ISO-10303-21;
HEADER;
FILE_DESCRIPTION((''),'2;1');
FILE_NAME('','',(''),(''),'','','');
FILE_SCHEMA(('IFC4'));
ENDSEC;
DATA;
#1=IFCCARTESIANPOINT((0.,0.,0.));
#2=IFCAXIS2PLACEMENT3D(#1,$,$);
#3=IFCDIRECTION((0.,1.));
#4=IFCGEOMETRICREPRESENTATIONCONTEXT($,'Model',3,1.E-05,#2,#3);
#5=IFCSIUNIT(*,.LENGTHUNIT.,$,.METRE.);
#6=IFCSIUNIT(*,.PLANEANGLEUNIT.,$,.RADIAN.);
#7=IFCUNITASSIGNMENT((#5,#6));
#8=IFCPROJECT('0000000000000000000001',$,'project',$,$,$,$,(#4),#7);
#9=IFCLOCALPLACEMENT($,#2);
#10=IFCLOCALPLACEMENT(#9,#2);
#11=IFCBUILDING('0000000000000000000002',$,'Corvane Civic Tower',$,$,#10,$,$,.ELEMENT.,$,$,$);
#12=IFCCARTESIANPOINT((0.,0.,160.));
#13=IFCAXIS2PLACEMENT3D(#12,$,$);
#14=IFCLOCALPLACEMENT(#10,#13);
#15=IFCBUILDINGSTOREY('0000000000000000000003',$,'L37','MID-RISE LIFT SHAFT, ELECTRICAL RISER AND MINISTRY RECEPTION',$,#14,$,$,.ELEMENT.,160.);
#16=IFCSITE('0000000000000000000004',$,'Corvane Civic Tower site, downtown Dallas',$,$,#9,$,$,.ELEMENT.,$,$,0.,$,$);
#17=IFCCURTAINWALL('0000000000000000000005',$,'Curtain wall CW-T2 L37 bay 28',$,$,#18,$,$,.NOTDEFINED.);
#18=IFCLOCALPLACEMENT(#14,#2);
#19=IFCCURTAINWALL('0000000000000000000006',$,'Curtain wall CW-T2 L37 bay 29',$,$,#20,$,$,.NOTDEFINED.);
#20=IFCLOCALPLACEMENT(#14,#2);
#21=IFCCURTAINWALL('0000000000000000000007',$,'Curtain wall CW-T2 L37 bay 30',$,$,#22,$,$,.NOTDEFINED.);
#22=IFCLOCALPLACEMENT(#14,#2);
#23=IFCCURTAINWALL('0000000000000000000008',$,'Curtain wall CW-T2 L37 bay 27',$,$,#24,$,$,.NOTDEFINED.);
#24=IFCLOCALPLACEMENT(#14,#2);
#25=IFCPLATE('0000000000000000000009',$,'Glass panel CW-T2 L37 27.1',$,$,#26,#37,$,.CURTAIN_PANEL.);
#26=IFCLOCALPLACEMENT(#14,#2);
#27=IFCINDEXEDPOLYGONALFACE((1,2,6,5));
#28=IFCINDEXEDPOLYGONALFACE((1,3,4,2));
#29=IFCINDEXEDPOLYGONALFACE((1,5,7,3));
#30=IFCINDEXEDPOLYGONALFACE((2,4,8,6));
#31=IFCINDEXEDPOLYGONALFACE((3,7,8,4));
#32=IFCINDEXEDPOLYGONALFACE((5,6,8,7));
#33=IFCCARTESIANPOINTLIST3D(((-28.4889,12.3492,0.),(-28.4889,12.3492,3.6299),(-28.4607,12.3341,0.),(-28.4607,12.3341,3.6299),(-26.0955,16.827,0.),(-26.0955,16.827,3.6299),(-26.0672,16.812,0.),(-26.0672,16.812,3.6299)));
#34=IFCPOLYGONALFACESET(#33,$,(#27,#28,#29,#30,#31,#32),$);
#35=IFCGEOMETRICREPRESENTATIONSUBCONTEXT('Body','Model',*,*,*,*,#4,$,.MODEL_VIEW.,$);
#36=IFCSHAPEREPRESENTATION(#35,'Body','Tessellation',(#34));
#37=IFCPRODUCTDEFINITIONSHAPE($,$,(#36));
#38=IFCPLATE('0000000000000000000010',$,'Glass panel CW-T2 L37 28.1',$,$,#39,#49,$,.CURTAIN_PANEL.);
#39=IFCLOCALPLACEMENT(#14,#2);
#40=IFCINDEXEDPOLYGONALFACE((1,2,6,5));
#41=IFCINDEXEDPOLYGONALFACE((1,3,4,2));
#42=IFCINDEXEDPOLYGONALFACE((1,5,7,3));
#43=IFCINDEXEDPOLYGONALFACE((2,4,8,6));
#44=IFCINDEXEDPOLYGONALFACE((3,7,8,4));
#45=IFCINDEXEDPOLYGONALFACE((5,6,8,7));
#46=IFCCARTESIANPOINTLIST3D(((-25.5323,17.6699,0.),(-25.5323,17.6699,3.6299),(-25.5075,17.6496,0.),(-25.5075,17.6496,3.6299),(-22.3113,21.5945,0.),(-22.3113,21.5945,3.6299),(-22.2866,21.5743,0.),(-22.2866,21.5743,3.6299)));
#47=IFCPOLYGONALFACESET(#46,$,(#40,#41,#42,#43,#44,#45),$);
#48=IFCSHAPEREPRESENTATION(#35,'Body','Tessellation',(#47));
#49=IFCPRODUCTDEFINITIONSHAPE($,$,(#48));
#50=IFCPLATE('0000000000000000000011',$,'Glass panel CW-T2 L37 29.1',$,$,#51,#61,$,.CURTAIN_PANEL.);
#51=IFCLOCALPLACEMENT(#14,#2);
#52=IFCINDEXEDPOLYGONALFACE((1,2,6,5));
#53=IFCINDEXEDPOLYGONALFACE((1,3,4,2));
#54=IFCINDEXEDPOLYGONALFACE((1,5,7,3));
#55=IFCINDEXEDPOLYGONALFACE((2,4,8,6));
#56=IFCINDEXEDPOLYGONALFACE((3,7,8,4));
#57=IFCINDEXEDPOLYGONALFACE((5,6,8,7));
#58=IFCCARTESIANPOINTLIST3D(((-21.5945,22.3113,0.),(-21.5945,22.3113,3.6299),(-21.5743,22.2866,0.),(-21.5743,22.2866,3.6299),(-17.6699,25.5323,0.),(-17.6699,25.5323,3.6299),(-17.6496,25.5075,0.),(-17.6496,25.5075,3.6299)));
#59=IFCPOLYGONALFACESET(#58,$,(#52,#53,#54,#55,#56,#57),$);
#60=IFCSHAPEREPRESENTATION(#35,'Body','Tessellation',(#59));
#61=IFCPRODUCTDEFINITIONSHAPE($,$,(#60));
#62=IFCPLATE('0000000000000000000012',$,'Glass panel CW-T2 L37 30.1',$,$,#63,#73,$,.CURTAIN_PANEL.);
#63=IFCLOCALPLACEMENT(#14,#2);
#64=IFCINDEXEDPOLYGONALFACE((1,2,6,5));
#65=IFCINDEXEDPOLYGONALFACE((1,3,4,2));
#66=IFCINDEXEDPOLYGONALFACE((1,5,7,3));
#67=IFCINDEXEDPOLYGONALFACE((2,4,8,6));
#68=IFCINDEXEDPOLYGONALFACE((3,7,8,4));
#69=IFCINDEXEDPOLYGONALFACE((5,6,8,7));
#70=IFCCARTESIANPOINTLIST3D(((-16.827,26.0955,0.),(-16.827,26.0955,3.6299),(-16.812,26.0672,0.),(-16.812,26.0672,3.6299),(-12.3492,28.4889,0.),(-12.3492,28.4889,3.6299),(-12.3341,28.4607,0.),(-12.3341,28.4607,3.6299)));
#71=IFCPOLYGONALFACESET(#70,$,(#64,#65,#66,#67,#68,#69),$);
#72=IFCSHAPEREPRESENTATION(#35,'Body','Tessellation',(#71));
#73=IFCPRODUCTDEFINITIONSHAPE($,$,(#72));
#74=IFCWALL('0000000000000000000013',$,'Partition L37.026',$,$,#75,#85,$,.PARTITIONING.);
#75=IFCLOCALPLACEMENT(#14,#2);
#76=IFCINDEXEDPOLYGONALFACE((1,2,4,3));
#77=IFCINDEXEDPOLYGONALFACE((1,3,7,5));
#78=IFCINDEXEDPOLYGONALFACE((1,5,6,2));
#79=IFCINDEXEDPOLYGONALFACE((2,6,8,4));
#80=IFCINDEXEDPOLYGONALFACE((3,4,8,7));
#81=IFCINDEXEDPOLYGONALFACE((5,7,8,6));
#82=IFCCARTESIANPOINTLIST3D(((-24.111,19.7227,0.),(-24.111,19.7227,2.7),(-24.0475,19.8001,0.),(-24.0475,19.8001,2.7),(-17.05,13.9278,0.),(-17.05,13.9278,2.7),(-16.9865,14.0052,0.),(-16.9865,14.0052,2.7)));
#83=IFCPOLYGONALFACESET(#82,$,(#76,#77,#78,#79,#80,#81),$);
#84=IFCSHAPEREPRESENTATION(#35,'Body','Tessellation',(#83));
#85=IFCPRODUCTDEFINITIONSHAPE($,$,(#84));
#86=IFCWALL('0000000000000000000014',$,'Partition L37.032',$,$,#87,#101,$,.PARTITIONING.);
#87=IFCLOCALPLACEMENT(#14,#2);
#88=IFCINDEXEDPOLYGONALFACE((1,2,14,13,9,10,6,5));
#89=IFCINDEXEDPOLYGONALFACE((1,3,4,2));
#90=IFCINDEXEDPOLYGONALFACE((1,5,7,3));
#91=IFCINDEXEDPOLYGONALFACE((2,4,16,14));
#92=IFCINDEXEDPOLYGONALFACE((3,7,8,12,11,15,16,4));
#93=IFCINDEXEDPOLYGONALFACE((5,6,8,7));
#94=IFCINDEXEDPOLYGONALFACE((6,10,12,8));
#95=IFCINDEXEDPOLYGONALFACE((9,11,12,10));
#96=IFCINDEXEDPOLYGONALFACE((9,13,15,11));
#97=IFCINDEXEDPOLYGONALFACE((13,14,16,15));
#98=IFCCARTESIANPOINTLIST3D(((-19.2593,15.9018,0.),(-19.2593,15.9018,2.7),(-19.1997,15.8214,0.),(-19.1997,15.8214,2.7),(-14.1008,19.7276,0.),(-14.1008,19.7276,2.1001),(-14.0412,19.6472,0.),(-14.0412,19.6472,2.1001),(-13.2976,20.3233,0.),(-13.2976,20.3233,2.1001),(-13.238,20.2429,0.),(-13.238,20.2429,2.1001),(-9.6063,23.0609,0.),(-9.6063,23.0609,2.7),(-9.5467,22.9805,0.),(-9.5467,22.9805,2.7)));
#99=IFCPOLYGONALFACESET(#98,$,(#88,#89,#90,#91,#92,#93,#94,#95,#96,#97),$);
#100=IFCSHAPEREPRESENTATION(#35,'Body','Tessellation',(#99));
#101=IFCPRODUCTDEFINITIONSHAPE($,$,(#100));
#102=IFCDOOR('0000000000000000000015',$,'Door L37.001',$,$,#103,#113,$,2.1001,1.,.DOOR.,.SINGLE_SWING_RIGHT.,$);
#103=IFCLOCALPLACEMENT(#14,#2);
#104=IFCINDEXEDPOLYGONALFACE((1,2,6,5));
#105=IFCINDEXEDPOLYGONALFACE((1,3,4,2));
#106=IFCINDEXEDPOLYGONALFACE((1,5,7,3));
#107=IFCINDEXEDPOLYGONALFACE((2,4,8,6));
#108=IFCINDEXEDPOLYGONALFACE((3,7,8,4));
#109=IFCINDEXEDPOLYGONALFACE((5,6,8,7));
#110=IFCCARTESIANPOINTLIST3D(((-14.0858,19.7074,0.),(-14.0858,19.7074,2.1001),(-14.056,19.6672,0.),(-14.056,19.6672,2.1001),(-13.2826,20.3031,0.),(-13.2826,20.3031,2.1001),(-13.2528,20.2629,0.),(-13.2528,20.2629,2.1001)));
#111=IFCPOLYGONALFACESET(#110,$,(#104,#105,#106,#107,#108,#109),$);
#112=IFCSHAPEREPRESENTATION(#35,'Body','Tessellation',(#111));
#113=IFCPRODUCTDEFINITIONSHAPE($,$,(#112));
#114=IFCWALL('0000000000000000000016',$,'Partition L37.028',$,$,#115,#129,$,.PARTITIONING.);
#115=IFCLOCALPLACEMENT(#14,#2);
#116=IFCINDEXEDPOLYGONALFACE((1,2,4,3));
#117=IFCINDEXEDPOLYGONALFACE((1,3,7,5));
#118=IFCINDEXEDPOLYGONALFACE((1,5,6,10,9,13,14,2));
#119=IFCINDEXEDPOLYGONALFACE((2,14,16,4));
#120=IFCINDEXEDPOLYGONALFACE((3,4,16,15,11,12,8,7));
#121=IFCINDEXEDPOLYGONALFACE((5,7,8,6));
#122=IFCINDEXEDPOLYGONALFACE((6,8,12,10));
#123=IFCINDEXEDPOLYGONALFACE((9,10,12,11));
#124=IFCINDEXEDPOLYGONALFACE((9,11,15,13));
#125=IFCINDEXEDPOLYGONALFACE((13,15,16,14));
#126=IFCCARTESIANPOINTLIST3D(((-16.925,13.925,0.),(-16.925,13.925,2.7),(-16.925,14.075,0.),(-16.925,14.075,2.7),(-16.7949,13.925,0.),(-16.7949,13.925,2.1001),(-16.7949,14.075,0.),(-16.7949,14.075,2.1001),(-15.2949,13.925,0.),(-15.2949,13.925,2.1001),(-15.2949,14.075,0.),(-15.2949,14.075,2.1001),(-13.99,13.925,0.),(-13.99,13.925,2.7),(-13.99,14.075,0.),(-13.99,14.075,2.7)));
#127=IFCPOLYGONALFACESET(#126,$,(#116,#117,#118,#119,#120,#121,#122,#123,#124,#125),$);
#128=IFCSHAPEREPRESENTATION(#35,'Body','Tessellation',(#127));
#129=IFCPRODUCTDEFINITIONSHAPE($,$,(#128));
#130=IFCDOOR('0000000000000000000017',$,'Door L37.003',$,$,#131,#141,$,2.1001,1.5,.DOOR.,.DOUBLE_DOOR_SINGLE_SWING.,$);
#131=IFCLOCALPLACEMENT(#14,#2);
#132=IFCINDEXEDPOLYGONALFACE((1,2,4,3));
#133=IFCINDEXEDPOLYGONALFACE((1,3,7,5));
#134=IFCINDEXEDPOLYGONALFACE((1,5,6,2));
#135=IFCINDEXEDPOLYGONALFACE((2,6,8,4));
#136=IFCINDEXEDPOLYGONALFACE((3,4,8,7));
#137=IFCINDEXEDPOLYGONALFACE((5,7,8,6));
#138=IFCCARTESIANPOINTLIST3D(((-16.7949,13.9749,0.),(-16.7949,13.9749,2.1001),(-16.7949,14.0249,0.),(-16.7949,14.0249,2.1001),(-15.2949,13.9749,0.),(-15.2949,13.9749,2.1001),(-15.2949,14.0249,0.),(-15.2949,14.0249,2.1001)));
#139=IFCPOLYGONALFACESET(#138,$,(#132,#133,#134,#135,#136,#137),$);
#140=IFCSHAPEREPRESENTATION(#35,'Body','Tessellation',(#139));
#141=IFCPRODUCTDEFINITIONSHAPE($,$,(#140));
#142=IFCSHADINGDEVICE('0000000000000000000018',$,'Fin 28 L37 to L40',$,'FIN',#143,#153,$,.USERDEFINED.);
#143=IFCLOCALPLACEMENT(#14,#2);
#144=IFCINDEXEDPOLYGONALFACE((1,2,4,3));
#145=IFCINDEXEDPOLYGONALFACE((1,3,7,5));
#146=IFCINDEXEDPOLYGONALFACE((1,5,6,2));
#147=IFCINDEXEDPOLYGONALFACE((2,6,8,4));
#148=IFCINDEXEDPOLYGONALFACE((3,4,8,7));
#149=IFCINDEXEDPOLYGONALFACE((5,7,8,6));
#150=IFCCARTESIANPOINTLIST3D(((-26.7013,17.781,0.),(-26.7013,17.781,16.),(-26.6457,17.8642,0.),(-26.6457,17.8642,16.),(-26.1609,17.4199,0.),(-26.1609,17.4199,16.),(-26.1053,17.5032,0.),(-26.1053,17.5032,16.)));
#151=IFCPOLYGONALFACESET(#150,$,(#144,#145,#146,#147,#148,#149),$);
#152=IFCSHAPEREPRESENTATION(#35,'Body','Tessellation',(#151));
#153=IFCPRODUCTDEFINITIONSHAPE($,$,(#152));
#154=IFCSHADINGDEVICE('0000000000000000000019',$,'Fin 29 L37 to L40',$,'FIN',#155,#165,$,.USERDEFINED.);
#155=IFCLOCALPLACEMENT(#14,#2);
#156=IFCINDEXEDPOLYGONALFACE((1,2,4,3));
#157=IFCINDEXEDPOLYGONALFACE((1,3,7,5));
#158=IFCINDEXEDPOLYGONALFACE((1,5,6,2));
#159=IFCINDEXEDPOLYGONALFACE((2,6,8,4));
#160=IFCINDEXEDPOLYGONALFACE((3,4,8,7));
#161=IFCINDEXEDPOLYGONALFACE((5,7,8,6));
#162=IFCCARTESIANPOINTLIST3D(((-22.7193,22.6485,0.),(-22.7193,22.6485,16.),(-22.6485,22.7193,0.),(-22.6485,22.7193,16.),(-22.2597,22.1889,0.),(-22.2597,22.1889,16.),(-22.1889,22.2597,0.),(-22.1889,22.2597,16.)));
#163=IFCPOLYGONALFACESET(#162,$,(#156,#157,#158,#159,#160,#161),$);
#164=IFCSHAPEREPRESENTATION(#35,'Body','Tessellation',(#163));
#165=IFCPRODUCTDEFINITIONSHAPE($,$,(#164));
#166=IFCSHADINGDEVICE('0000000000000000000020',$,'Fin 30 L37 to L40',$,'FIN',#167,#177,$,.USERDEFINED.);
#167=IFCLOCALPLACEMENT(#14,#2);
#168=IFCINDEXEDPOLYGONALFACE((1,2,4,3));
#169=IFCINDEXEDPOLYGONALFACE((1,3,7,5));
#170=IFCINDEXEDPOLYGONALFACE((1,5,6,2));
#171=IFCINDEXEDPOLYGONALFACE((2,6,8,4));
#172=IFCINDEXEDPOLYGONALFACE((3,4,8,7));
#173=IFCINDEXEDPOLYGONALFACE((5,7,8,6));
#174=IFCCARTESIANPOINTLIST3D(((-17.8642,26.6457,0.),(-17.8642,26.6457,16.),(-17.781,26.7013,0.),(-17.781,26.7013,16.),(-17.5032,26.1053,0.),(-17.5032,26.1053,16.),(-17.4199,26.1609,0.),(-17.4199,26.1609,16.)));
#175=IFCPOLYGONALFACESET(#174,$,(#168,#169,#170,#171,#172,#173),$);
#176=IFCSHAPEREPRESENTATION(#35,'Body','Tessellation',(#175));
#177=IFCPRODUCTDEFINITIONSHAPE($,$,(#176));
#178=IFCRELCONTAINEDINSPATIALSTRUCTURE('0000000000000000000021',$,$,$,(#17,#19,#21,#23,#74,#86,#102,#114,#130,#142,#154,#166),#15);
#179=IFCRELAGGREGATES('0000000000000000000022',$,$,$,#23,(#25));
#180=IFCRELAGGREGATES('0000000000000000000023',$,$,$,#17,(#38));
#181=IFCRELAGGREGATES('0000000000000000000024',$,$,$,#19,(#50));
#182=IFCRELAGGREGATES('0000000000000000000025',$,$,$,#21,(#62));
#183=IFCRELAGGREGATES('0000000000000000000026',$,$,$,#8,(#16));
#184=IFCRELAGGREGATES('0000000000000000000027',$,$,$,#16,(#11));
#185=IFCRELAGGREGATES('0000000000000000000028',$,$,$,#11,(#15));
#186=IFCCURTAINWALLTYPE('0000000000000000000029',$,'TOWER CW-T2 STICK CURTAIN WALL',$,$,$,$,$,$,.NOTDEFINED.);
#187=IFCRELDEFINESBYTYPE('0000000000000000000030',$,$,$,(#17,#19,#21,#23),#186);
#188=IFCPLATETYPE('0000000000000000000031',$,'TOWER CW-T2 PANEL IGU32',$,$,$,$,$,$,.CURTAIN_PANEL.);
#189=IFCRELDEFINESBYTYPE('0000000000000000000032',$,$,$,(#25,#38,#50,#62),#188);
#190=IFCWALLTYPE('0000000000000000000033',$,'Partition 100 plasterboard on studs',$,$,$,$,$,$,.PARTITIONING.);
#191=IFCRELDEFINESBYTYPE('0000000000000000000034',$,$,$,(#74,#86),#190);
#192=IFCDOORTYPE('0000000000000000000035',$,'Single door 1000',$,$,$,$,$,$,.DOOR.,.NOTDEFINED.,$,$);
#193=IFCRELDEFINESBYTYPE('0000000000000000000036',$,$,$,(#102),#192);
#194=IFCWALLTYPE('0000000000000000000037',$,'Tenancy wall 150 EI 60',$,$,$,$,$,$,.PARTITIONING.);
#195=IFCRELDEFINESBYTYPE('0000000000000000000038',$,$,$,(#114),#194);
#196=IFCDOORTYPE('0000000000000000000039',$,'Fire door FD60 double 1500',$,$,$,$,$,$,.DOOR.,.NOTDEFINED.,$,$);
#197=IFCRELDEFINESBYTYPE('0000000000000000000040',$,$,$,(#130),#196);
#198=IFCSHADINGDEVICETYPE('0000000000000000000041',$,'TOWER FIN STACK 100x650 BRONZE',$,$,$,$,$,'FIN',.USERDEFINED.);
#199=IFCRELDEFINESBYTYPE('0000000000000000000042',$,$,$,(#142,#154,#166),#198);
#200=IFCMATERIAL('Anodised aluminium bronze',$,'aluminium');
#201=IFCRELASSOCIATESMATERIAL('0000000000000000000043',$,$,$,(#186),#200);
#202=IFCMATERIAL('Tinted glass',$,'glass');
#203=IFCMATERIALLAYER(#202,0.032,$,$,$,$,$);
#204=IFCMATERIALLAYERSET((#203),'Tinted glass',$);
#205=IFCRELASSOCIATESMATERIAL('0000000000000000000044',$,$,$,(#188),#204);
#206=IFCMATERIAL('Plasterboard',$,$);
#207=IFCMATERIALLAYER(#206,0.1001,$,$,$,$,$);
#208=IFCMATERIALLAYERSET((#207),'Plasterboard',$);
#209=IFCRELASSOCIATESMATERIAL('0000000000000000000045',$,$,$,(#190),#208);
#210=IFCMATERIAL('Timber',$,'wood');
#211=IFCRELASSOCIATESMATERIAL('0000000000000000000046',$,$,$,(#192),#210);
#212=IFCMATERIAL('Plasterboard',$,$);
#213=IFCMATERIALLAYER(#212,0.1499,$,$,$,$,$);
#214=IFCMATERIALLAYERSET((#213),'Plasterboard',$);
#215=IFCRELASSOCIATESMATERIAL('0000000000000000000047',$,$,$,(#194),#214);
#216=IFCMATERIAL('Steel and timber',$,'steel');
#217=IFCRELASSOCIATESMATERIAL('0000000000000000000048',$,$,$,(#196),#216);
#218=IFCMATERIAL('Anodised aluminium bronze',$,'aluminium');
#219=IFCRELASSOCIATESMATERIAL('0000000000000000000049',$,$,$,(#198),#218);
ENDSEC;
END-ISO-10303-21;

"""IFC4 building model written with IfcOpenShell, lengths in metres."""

from ifc_helpers import new_model, si_unit, direction, frame, frame_2d, origin, origin_2d, place, context, subcontext, project, spatial, rectangle, extrude, material, layer, layer_set, material_profile, profile_set, type_object, element, fill, aggregate, save


model = new_model("IFC4")

# Units and contexts
model_context = context("Model", 3, precision=1e-05, world=origin(), true_north=direction((0.0, 1.0)))
body_context = subcontext(model_context, "Body", "Model", "MODEL_VIEW")
ifc_project = project(units=[si_unit("LENGTHUNIT", "METRE"), si_unit("PLANEANGLEUNIT", "RADIAN")], contexts=[model_context])

# Site, building, storey
site_placement = place(None, origin())
site = spatial("IfcSite", under=ifc_project, at=site_placement, Name="Corvane Civic Tower site, downtown Dallas", CompositionType="ELEMENT", RefElevation=0.0)
building_placement = place(site_placement, origin())
building = spatial("IfcBuilding", under=site, at=building_placement, Name="Corvane Civic Tower", CompositionType="ELEMENT")
storey_placement = place(building_placement, frame((0.0, 0.0, 160.0)))
storey = spatial("IfcBuildingStorey", under=building, at=storey_placement, Name="L37", Description="MID-RISE LIFT SHAFT, ELECTRICAL RISER AND MINISTRY RECEPTION", CompositionType="ELEMENT", Elevation=160.0)

# Curtain walls
ifc_material_1 = material(Name="Anodised aluminium bronze", Category="aluminium")
curtain_wall_type = type_object("IfcCurtainWallType", Name="TOWER CW-T2 STICK CURTAIN WALL", PredefinedType="NOTDEFINED", material=ifc_material_1)
curtain_wall_1_placement = place(storey_placement, origin())
curtain_wall_1 = element("IfcCurtainWall", 1, at=curtain_wall_1_placement, inside=storey, type_object=curtain_wall_type, Name="Curtain wall CW-T2 L37 bay 28", PredefinedType="NOTDEFINED")
curtain_wall_2_placement = place(storey_placement, origin())
curtain_wall_2 = element("IfcCurtainWall", 2, at=curtain_wall_2_placement, inside=storey, type_object=curtain_wall_type, Name="Curtain wall CW-T2 L37 bay 29", PredefinedType="NOTDEFINED")
curtain_wall_3_placement = place(storey_placement, origin())
curtain_wall_3 = element("IfcCurtainWall", 3, at=curtain_wall_3_placement, inside=storey, type_object=curtain_wall_type, Name="Curtain wall CW-T2 L37 bay 30", PredefinedType="NOTDEFINED")

# Curtain wall, plate
curtain_wall_4_placement = place(storey_placement, origin())
curtain_wall_4 = element("IfcCurtainWall", 4, at=curtain_wall_4_placement, inside=storey, type_object=curtain_wall_type, Name="Curtain wall CW-T2 L37 bay 27", PredefinedType="NOTDEFINED")
ifc_material_2 = material(Name="Tinted glass", Category="glass")
ifc_layer_1 = layer(ifc_material_2, 0.032)
ifc_layer_set_1 = layer_set([ifc_layer_1], Name="Tinted glass")
plate_type = type_object("IfcPlateType", Name="TOWER CW-T2 PANEL IGU32", PredefinedType="CURTAIN_PANEL", material=ifc_layer_set_1)
plate_1_placement = place(storey_placement, frame((-27.2781, 14.5806, 0.0), z_axis=(0.0, 0.0, 1.0), x_axis=(0.471395, 0.881922, 0.0)))
plate_1 = element("IfcPlate", 5, at=plate_1_placement, type_object=plate_type, Name="Glass panel CW-T2 L37 27.1", PredefinedType="CURTAIN_PANEL", context=body_context, shape_type="SweptSolid", body=[
    extrude(rectangle(XDim=5.0774, YDim=0.032, at=origin_2d()), origin(), (0.0, 0.0, 1.0), 3.6299),
])
aggregate(curtain_wall_4, [plate_1])

# Plates
plate_2_placement = place(storey_placement, frame((-23.9094, 19.6221, 0.0), z_axis=(0.0, 0.0, 1.0), x_axis=(0.6344, 0.773005, 0.0)))
plate_2 = element("IfcPlate", 6, at=plate_2_placement, type_object=plate_type, Name="Glass panel CW-T2 L37 28.1", PredefinedType="CURTAIN_PANEL", context=body_context, shape_type="SweptSolid", body=[
    extrude(rectangle(XDim=5.0771, YDim=0.032, at=origin_2d()), origin(), (0.0, 0.0, 1.0), 3.6299),
])
aggregate(curtain_wall_1, [plate_2])
plate_3_placement = place(storey_placement, frame((-19.6221, 23.9094, 0.0), z_axis=(0.0, 0.0, 1.0), x_axis=(0.773005, 0.6344, 0.0)))
plate_3 = element("IfcPlate", 7, at=plate_3_placement, type_object=plate_type, Name="Glass panel CW-T2 L37 29.1", PredefinedType="CURTAIN_PANEL", context=body_context, shape_type="SweptSolid", body=[
    extrude(rectangle(XDim=5.0771, YDim=0.032, at=origin_2d()), origin(), (0.0, 0.0, 1.0), 3.6299),
])
aggregate(curtain_wall_2, [plate_3])
plate_4_placement = place(storey_placement, frame((-14.5806, 27.2781, 0.0), z_axis=(0.0, 0.0, 1.0), x_axis=(0.881922, 0.471395, 0.0)))
plate_4 = element("IfcPlate", 8, at=plate_4_placement, type_object=plate_type, Name="Glass panel CW-T2 L37 30.1", PredefinedType="CURTAIN_PANEL", context=body_context, shape_type="SweptSolid", body=[
    extrude(rectangle(XDim=5.0774, YDim=0.032, at=origin_2d()), origin(), (0.0, 0.0, 1.0), 3.6299),
])
aggregate(curtain_wall_3, [plate_4])

# Wall
ifc_material_3 = material(Name="Plasterboard")
ifc_layer_2 = layer(ifc_material_3, 0.1001)
ifc_layer_set_2 = layer_set([ifc_layer_2], Name="Plasterboard")
wall_type_1 = type_object("IfcWallType", Name="Partition 100 plasterboard on studs", PredefinedType="PARTITIONING", material=ifc_layer_set_2)
wall_1_placement = place(storey_placement, frame((-24.0793, 19.7615, 0.0), z_axis=(0.0, 0.0, 1.0), x_axis=(0.773006, -0.634399, 0.0)))
element("IfcWall", 9, at=wall_1_placement, inside=storey, type_object=wall_type_1, Name="Partition L37.026", PredefinedType="PARTITIONING", context=body_context, shape_type="SweptSolid", body=[
    extrude(rectangle(XDim=9.1345, YDim=0.1001, at=frame_2d((4.5674, 0.0))), origin(), (0.0, 0.0, 1.0), 2.7),
])

# Walls, openings, doors
wall_2_placement = place(storey_placement, frame((-19.2295, 15.8616, 0.0), z_axis=(0.0, 0.0, 1.0), x_axis=(0.803209, 0.595698, 0.0)))
wall_2 = element("IfcWall", 10, at=wall_2_placement, inside=storey, type_object=wall_type_1, Name="Partition L37.032", PredefinedType="PARTITIONING", context=body_context, shape_type="SweptSolid", body=[
    extrude(rectangle(XDim=12.0181, YDim=0.1001, at=frame_2d((6.009, 0.0))), origin(), (0.0, 0.0, 1.0), 2.7),
])
opening_1_placement = place(wall_2_placement, frame((6.4224, 0.0, 0.0)))
opening_1 = element("IfcOpeningElement", 11, at=opening_1_placement, cuts=wall_2, PredefinedType="OPENING", context=body_context, shape_type="SweptSolid", body=[
    extrude(rectangle(XDim=1.0, YDim=2.1001, at=frame_2d((0.5, 1.05))), frame((0.0, 0.0601, 0.0), z_axis=(0.0, -1.0, 0.0), x_axis=(1.0, 0.0, 0.0)), (0.0, 0.0, 1.0), 0.1201),
])
ifc_material_4 = material(Name="Timber", Category="wood")
door_type_1 = type_object("IfcDoorType", Name="Single door 1000", OperationType="NOTDEFINED", PredefinedType="DOOR", material=ifc_material_4)
door_1_placement = place(opening_1_placement, origin())
door_1 = element("IfcDoor", 12, at=door_1_placement, inside=storey, type_object=door_type_1, Name="Door L37.001", OperationType="SINGLE_SWING_RIGHT", OverallHeight=2.1001, OverallWidth=1.0, PredefinedType="DOOR", context=body_context, shape_type="SweptSolid", body=[
    extrude(rectangle(XDim=1.0, YDim=2.1001, at=frame_2d((0.5, 1.05))), frame((0.0, 0.0249, 0.0), z_axis=(0.0, -1.0, 0.0), x_axis=(1.0, 0.0, 0.0)), (0.0, 0.0, 1.0), 0.05),
])
fill(opening_1, door_1)
ifc_material_5 = material(Name="Plasterboard")
ifc_layer_3 = layer(ifc_material_5, 0.1499)
ifc_layer_set_3 = layer_set([ifc_layer_3], Name="Plasterboard")
wall_type_2 = type_object("IfcWallType", Name="Tenancy wall 150 EI 60", PredefinedType="PARTITIONING", material=ifc_layer_set_3)
wall_3_placement = place(storey_placement, frame((-16.925, 14.0, 0.0), z_axis=(0.0, 0.0, 1.0), x_axis=(1.0, 0.0, 0.0)))
wall_3 = element("IfcWall", 13, at=wall_3_placement, inside=storey, type_object=wall_type_2, Name="Partition L37.028", PredefinedType="PARTITIONING", context=body_context, shape_type="SweptSolid", body=[
    extrude(rectangle(XDim=2.9351, YDim=0.1499, at=frame_2d((1.4675, 0.0))), origin(), (0.0, 0.0, 1.0), 2.7),
])
opening_2_placement = place(wall_3_placement, frame((0.1301, 0.0, 0.0)))
opening_2 = element("IfcOpeningElement", 14, at=opening_2_placement, cuts=wall_3, PredefinedType="OPENING", context=body_context, shape_type="SweptSolid", body=[
    extrude(rectangle(XDim=1.5, YDim=2.1001, at=frame_2d((0.75, 1.05))), frame((0.0, 0.085, 0.0), z_axis=(0.0, -1.0, 0.0), x_axis=(1.0, 0.0, 0.0)), (0.0, 0.0, 1.0), 0.1699),
])
ifc_material_6 = material(Name="Steel and timber", Category="steel")
door_type_2 = type_object("IfcDoorType", Name="Fire door FD60 double 1500", OperationType="NOTDEFINED", PredefinedType="DOOR", material=ifc_material_6)
door_2_placement = place(opening_2_placement, origin())
door_2 = element("IfcDoor", 15, at=door_2_placement, inside=storey, type_object=door_type_2, Name="Door L37.003", OperationType="DOUBLE_DOOR_SINGLE_SWING", OverallHeight=2.1001, OverallWidth=1.5, PredefinedType="DOOR", context=body_context, shape_type="SweptSolid", body=[
    extrude(rectangle(XDim=1.5, YDim=2.1001, at=frame_2d((0.75, 1.05))), frame((0.0, 0.0249, 0.0), z_axis=(0.0, -1.0, 0.0), x_axis=(1.0, 0.0, 0.0)), (0.0, 0.0, 1.0), 0.05),
])
fill(opening_2, door_2)

# Shading devices
ifc_material_7 = material(Name="Anodised aluminium bronze", Category="aluminium")
ifc_material_profile_1 = material_profile(ifc_material_7, rectangle(XDim=0.1001, YDim=0.6499, at=origin_2d()), Name="TOWER FIN STACK 100x650 BRONZE")
ifc_profile_set_1 = profile_set([ifc_material_profile_1], Name="Anodised aluminium bronze")
shading_device_type = type_object("IfcShadingDeviceType", Name="TOWER FIN STACK 100x650 BRONZE", ElementType="FIN", PredefinedType="USERDEFINED", material=ifc_profile_set_1)
for number, where, z_axis, x_axis, name in (
    (16, (-26.4033, 17.6421, 0.0), (0.0, 0.0, 1.0), (0.55557, 0.83147, 0.0), "Fin 28 L37 to L40"),
    (17, (-22.4541, 22.4541, 0.0), (0.0, 0.0, 1.0), (0.707107, 0.707107, 0.0), "Fin 29 L37 to L40"),
    (18, (-17.6421, 26.4033, 0.0), (0.0, 0.0, 1.0), (0.83147, 0.55557, 0.0), "Fin 30 L37 to L40"),
):
    element("IfcShadingDevice", number, at=place(storey_placement, frame(where, z_axis=z_axis, x_axis=x_axis)), inside=storey, type_object=shading_device_type, Name=name, ObjectType="FIN", PredefinedType="USERDEFINED", context=body_context, shape_type="SweptSolid", body=[
        extrude(rectangle(XDim=0.1001, YDim=0.6499, at=origin_2d()), origin(), (0.0, 0.0, 1.0), 16.0),
    ])

save(model, "model.ifc")
